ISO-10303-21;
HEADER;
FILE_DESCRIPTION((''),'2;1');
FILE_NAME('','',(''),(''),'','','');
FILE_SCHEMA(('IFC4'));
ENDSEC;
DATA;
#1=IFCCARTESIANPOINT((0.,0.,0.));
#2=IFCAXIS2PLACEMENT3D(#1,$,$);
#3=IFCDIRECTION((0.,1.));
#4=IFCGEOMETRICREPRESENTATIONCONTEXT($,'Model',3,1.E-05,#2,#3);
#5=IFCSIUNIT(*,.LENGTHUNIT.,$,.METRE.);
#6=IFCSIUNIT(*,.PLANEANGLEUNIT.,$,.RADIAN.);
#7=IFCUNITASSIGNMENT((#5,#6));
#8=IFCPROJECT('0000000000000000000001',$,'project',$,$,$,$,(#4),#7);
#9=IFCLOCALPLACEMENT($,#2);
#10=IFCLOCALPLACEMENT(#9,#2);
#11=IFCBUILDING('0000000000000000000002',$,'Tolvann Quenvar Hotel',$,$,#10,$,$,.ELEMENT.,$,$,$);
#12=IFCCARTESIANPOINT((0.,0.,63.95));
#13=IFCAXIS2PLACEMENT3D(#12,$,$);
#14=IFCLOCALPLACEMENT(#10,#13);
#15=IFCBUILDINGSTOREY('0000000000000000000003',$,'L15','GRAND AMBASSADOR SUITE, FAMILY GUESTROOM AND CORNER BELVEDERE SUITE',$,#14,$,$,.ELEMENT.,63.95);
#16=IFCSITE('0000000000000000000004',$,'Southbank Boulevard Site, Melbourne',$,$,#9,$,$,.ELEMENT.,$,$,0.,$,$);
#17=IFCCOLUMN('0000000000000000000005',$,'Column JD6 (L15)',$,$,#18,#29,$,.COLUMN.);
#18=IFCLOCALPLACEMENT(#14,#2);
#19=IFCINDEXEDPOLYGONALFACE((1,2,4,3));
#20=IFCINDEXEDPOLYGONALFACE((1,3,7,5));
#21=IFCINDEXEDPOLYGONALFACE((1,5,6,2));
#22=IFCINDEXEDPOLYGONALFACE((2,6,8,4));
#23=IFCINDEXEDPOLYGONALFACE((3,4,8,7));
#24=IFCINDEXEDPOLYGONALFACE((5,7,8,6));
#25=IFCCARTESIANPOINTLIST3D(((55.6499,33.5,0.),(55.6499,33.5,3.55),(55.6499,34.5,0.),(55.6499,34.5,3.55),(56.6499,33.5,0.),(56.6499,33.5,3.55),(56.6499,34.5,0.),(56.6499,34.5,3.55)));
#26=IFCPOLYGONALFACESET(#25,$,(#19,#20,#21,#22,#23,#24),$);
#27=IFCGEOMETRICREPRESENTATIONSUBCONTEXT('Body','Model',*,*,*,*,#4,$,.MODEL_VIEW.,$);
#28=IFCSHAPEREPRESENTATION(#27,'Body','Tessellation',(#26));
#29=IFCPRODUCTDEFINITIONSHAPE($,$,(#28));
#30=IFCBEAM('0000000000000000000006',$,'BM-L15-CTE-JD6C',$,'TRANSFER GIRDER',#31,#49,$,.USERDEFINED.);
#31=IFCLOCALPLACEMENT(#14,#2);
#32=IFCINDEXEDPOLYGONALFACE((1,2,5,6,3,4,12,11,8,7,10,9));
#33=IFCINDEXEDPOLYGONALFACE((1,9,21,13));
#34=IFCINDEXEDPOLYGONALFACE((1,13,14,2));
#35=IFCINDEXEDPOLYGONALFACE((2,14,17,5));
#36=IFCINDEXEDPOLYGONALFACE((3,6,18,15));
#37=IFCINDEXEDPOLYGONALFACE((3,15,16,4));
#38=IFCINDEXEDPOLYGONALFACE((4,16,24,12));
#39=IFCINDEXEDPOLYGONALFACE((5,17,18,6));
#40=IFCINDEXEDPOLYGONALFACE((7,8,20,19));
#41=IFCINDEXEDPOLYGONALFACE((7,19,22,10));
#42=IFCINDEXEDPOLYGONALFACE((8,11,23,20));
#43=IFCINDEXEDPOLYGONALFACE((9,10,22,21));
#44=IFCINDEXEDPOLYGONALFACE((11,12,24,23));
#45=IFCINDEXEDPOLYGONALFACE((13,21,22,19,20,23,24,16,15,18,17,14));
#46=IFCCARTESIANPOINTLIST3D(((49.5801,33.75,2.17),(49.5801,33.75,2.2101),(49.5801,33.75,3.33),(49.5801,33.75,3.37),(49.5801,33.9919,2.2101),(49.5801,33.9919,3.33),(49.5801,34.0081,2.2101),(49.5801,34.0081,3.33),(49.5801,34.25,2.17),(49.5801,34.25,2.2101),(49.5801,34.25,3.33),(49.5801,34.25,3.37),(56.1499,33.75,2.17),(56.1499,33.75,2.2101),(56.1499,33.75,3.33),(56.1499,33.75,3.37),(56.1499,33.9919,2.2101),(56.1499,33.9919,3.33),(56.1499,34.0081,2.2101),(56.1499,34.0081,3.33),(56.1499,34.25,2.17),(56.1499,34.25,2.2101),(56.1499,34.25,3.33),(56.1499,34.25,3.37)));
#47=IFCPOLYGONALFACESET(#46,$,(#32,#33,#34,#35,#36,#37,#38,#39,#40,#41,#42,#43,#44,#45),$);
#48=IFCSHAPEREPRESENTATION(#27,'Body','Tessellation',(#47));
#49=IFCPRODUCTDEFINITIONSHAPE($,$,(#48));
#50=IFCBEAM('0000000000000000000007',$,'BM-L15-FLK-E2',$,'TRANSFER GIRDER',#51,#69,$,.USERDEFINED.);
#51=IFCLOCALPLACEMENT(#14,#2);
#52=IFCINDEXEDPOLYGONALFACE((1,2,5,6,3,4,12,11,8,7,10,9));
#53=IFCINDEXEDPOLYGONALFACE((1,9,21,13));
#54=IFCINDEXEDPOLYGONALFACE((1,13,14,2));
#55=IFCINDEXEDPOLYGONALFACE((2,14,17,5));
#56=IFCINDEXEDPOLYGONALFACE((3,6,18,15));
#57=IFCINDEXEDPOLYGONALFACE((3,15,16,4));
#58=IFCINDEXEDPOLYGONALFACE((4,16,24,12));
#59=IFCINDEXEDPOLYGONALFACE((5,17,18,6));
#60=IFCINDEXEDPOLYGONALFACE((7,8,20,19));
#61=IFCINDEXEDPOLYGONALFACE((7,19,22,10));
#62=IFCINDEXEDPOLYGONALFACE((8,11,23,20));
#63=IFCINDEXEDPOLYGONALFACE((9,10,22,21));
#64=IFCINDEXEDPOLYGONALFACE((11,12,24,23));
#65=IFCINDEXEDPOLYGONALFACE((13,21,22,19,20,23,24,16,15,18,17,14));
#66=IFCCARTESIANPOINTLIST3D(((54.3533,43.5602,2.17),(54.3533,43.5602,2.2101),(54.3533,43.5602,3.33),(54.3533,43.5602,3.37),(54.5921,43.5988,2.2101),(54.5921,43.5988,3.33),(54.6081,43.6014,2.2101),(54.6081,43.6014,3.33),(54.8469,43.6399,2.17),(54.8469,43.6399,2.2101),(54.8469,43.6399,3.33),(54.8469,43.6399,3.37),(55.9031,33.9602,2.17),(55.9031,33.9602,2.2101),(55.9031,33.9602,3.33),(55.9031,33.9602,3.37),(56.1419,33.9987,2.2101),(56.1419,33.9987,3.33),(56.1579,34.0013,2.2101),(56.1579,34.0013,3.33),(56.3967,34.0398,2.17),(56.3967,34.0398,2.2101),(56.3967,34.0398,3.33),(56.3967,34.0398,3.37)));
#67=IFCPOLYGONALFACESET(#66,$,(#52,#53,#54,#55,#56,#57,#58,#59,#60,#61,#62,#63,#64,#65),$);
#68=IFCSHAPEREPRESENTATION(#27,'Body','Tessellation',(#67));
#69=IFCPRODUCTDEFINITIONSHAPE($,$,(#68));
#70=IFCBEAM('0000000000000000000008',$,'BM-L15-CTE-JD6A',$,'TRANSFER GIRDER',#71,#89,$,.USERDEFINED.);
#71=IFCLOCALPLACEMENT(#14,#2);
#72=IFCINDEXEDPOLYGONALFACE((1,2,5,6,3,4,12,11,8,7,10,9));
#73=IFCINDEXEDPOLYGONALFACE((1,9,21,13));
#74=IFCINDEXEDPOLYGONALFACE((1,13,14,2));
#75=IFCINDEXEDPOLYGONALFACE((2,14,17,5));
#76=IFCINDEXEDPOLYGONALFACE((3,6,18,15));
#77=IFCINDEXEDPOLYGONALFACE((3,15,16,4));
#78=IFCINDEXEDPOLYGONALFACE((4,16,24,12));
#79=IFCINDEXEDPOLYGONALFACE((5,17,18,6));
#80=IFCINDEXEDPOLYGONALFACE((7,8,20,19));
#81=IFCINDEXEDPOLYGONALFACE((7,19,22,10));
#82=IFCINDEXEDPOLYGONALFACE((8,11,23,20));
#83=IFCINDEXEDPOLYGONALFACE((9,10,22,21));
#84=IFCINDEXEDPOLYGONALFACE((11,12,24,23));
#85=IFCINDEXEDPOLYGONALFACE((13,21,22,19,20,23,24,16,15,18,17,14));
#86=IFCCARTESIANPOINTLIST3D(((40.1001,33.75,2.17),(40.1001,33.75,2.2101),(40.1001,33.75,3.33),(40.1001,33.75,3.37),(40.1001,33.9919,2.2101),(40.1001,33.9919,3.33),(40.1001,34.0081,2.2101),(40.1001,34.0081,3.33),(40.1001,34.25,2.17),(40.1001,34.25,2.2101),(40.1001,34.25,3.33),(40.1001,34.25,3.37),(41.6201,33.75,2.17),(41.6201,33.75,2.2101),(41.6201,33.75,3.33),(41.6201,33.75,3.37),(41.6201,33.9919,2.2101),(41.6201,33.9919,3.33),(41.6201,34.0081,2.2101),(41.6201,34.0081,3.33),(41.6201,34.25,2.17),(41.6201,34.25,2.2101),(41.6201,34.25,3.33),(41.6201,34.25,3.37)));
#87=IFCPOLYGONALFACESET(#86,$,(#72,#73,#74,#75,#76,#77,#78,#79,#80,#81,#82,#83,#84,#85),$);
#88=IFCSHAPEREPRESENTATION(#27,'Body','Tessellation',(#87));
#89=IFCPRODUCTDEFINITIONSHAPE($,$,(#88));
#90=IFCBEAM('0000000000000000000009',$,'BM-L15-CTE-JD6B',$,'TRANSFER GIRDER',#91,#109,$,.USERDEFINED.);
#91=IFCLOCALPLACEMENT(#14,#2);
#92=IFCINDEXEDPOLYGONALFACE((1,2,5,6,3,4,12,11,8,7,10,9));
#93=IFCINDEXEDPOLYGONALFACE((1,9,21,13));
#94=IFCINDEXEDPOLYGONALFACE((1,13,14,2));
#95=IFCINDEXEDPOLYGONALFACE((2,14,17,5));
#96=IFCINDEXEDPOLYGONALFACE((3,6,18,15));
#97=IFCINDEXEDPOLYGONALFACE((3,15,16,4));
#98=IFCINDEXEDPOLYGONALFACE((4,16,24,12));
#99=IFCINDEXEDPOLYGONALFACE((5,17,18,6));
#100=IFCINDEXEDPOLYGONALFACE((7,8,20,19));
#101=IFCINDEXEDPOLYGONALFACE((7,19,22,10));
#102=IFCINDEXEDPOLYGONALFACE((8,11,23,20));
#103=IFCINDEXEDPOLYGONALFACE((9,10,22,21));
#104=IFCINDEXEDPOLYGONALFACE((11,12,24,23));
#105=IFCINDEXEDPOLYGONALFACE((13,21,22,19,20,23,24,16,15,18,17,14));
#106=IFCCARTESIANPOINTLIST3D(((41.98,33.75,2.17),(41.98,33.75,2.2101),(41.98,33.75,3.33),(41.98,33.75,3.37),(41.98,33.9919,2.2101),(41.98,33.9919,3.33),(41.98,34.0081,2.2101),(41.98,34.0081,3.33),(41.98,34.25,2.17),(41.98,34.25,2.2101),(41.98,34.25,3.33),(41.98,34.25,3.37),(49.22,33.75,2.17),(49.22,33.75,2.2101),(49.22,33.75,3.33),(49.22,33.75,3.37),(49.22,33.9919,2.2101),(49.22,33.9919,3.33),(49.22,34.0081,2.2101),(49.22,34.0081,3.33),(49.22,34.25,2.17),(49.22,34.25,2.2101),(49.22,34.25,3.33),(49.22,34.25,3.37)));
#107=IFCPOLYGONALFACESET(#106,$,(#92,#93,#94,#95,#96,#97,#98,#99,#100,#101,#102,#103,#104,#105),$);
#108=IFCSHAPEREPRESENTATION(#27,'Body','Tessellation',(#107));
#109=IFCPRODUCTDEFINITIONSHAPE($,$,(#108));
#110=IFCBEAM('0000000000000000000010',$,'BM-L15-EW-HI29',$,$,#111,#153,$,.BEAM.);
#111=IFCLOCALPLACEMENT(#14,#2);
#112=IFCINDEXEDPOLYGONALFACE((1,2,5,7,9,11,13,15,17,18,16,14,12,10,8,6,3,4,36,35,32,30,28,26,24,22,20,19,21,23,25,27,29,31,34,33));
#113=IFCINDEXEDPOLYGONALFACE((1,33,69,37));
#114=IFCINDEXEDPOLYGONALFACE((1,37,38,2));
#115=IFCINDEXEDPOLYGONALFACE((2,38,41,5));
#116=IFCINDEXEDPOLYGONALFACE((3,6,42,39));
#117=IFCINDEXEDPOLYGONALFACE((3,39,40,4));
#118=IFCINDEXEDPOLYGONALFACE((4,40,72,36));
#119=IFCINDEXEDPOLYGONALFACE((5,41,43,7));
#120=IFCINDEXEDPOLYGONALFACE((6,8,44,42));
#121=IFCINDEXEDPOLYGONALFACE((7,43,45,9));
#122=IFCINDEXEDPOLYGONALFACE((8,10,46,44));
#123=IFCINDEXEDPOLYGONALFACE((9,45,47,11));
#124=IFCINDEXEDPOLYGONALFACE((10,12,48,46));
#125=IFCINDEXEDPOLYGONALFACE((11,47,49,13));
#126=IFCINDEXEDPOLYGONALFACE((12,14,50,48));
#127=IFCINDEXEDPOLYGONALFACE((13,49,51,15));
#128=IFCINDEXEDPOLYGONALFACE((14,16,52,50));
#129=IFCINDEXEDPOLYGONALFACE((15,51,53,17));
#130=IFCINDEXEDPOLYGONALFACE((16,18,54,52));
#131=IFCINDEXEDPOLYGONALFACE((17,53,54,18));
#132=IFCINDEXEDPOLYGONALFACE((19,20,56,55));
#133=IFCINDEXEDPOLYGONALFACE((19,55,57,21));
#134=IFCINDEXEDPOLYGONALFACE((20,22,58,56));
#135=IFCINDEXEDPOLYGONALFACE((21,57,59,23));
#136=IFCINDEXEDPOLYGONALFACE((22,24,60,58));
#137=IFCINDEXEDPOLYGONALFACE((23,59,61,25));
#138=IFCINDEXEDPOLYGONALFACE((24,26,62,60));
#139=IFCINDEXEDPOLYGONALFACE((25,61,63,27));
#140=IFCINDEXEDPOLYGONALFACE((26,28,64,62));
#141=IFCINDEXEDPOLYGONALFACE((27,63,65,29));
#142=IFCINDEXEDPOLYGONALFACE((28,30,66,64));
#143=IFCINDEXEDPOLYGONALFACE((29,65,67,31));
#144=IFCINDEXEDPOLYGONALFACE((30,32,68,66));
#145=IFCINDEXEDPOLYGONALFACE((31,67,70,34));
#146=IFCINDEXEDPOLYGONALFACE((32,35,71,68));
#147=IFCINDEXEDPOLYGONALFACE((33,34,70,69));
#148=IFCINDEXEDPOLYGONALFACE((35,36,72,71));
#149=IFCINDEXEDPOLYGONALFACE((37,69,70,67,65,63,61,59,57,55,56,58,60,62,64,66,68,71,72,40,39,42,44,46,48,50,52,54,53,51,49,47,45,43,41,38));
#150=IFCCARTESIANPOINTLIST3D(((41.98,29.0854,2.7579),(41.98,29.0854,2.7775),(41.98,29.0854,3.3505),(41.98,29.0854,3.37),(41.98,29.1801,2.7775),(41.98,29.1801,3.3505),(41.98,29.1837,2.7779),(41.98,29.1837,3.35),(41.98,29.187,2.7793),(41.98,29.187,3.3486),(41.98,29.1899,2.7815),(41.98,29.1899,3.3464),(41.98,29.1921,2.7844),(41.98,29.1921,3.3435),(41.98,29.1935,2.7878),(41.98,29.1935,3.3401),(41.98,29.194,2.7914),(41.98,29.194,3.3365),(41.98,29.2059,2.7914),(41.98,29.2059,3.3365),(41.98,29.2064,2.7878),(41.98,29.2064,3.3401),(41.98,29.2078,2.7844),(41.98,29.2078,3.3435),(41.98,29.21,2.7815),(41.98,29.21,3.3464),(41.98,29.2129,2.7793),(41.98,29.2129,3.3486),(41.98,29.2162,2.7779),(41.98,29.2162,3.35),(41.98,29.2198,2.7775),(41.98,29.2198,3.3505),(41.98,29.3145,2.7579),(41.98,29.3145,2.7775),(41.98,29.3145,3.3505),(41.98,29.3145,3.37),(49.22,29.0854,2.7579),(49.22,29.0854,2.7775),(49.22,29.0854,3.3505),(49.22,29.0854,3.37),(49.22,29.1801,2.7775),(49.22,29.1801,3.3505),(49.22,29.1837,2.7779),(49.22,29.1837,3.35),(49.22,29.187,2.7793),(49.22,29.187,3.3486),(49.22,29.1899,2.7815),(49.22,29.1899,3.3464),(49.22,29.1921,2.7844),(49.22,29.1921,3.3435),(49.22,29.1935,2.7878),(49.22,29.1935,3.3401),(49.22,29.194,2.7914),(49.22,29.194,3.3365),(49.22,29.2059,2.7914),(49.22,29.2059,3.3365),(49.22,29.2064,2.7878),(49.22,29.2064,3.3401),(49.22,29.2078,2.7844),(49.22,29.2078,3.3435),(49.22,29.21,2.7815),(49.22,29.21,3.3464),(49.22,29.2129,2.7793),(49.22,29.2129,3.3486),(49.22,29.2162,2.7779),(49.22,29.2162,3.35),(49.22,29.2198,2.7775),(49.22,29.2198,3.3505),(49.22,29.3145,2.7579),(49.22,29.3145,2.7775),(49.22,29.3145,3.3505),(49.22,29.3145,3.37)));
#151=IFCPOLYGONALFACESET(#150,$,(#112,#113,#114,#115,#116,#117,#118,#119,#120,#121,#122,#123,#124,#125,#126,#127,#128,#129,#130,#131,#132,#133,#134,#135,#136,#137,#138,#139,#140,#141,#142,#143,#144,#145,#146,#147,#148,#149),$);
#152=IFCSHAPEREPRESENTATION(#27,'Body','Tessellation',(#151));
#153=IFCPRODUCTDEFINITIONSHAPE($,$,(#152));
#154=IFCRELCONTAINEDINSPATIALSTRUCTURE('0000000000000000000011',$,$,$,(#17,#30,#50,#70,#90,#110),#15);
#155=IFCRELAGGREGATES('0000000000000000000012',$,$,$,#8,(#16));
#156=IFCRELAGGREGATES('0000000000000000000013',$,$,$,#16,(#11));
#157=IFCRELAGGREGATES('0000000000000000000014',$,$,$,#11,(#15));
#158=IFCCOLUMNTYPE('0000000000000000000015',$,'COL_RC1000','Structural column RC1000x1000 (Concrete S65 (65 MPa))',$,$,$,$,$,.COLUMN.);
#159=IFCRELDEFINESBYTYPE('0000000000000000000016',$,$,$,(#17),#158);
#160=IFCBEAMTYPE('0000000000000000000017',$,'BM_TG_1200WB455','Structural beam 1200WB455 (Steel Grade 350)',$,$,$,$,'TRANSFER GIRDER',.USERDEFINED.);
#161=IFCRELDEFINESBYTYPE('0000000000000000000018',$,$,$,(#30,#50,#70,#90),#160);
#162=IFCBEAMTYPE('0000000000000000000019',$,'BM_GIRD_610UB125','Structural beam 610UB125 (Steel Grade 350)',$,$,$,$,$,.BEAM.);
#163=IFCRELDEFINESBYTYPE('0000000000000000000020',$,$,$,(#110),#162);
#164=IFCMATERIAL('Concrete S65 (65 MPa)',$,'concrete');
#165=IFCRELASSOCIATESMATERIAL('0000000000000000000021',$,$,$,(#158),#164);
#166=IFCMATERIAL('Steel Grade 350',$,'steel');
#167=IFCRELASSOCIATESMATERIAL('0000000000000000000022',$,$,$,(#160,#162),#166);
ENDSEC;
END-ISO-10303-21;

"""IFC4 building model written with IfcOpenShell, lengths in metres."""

from ifc_helpers import new_model, si_unit, direction, frame, origin, origin_2d, place, context, subcontext, project, spatial, rectangle, i_section, extrude, source, transform, mapped, material, material_profile, profile_set, type_object, type_shapes, element, save


model = new_model("IFC4")

# Units and contexts
model_context = context("Model", 3, precision=1e-05, world=origin(), true_north=direction((0.0, 1.0)))
body_context = subcontext(model_context, "Body", "Model", "MODEL_VIEW")
ifc_project = project(units=[si_unit("LENGTHUNIT", "METRE"), si_unit("PLANEANGLEUNIT", "RADIAN")], contexts=[model_context])

# Site, building, storey
site_placement = place(None, origin())
site = spatial("IfcSite", under=ifc_project, at=site_placement, Name="Southbank Boulevard Site, Melbourne", CompositionType="ELEMENT", RefElevation=0.0)
building_placement = place(site_placement, origin())
building = spatial("IfcBuilding", under=site, at=building_placement, Name="Tolvann Quenvar Hotel", CompositionType="ELEMENT")
storey_placement = place(building_placement, frame((0.0, 0.0, 63.95)))
storey = spatial("IfcBuildingStorey", under=building, at=storey_placement, Name="L15", Description="GRAND AMBASSADOR SUITE, FAMILY GUESTROOM AND CORNER BELVEDERE SUITE", CompositionType="ELEMENT", Elevation=63.95)

# Column
ifc_material_1 = material(Name="Concrete S65 (65 MPa)", Category="concrete")
ifc_material_profile_1 = material_profile(ifc_material_1, rectangle(XDim=1.0, YDim=1.0, at=origin_2d()), Name="RC1000x1000")
ifc_profile_set_1 = profile_set([ifc_material_profile_1], Name="Concrete S65 (65 MPa)")
column_type = type_object("IfcColumnType", Name="COL_RC1000", Description="Structural column RC1000x1000 (Concrete S65 (65 MPa))", PredefinedType="COLUMN", material=ifc_profile_set_1)
shared_shape_1 = source(origin(), body_context, "Body", "SweptSolid", [
    extrude(rectangle(XDim=1.0, YDim=1.0, at=origin_2d()), origin(), (0.0, 0.0, 1.0), 3.55),
])
type_shapes(column_type, [shared_shape_1])
column_placement = place(storey_placement, frame((56.1499, 34.0, 0.0), z_axis=(0.0, 0.0, 1.0), x_axis=(1.0, 0.0, 0.0)))
element("IfcColumn", 1, at=column_placement, inside=storey, type_object=column_type, Name="Column JD6 (L15)", PredefinedType="COLUMN", context=body_context, shape_type="MappedRepresentation", body=[
    mapped(shared_shape_1, transform((0.0, 0.0, 0.0), x_axis=(1.0, 0.0, 0.0), y_axis=(0.0, 1.0, 0.0), z_axis=(0.0, 0.0, 1.0), scale=1.0)),
])

# Beams
ifc_material_2 = material(Name="Steel Grade 350", Category="steel")
ifc_material_profile_2 = material_profile(ifc_material_2, i_section(OverallWidth=0.5, OverallDepth=1.2, WebThickness=0.0161, FlangeThickness=0.04, at=origin_2d()), Name="1200WB455")
ifc_profile_set_2 = profile_set([ifc_material_profile_2], Name="Steel Grade 350")
beam_type_1 = type_object("IfcBeamType", Name="BM_TG_1200WB455", Description="Structural beam 1200WB455 (Steel Grade 350)", ElementType="TRANSFER GIRDER", PredefinedType="USERDEFINED", material=ifc_profile_set_2)
shared_shape_2 = source(origin(), body_context, "Body", "SweptSolid", [
    extrude(i_section(OverallWidth=0.5, OverallDepth=1.2, WebThickness=0.0161, FlangeThickness=0.04, at=origin_2d()), origin(), (0.0, 0.0, 1.0), 6.5698),
])
beam_1_placement = place(storey_placement, frame((49.5801, 34.0, 2.77), z_axis=(1.0, 0.0, 0.0), x_axis=(0.0, 1.0, 0.0)))
element("IfcBeam", 2, at=beam_1_placement, inside=storey, type_object=beam_type_1, Name="BM-L15-CTE-JD6C", ObjectType="TRANSFER GIRDER", PredefinedType="USERDEFINED", context=body_context, shape_type="MappedRepresentation", body=[
    mapped(shared_shape_2, transform((0.0, 0.0, 0.0), x_axis=(1.0, 0.0, 0.0), y_axis=(0.0, 1.0, 0.0), z_axis=(0.0, 0.0, 1.0), scale=1.0)),
])
shared_shape_3 = source(origin(), body_context, "Body", "SweptSolid", [
    extrude(i_section(OverallWidth=0.5, OverallDepth=1.2, WebThickness=0.0161, FlangeThickness=0.04, at=origin_2d()), origin(), (0.0, 0.0, 1.0), 9.7244),
])
beam_2_placement = place(storey_placement, frame((56.1499, 34.0, 2.77), z_axis=(-0.159373, 0.987218, 0.0), x_axis=(-0.987218, -0.159373, 0.0)))
element("IfcBeam", 3, at=beam_2_placement, inside=storey, type_object=beam_type_1, Name="BM-L15-FLK-E2", ObjectType="TRANSFER GIRDER", PredefinedType="USERDEFINED", context=body_context, shape_type="MappedRepresentation", body=[
    mapped(shared_shape_3, transform((0.0, 0.0, 0.0), x_axis=(1.0, 0.0, 0.0), y_axis=(0.0, 1.0, 0.0), z_axis=(0.0, 0.0, 1.0), scale=1.0)),
])
shared_shape_4 = source(origin(), body_context, "Body", "SweptSolid", [
    extrude(i_section(OverallWidth=0.5, OverallDepth=1.2, WebThickness=0.0161, FlangeThickness=0.04, at=origin_2d()), origin(), (0.0, 0.0, 1.0), 1.52),
])
beam_3_placement = place(storey_placement, frame((40.1001, 34.0, 2.77), z_axis=(1.0, 0.0, 0.0), x_axis=(0.0, 1.0, 0.0)))
element("IfcBeam", 4, at=beam_3_placement, inside=storey, type_object=beam_type_1, Name="BM-L15-CTE-JD6A", ObjectType="TRANSFER GIRDER", PredefinedType="USERDEFINED", context=body_context, shape_type="MappedRepresentation", body=[
    mapped(shared_shape_4, transform((0.0, 0.0, 0.0), x_axis=(1.0, 0.0, 0.0), y_axis=(0.0, 1.0, 0.0), z_axis=(0.0, 0.0, 1.0), scale=1.0)),
])
shared_shape_5 = source(origin(), body_context, "Body", "SweptSolid", [
    extrude(i_section(OverallWidth=0.5, OverallDepth=1.2, WebThickness=0.0161, FlangeThickness=0.04, at=origin_2d()), origin(), (0.0, 0.0, 1.0), 7.24),
])
type_shapes(beam_type_1, [shared_shape_2, shared_shape_3, shared_shape_4, shared_shape_5])
beam_4_placement = place(storey_placement, frame((41.98, 34.0, 2.77), z_axis=(1.0, 0.0, 0.0), x_axis=(0.0, 1.0, 0.0)))
element("IfcBeam", 5, at=beam_4_placement, inside=storey, type_object=beam_type_1, Name="BM-L15-CTE-JD6B", ObjectType="TRANSFER GIRDER", PredefinedType="USERDEFINED", context=body_context, shape_type="MappedRepresentation", body=[
    mapped(shared_shape_5, transform((0.0, 0.0, 0.0), x_axis=(1.0, 0.0, 0.0), y_axis=(0.0, 1.0, 0.0), z_axis=(0.0, 0.0, 1.0), scale=1.0)),
])
ifc_material_profile_3 = material_profile(ifc_material_2, i_section(OverallWidth=0.229, OverallDepth=0.6121, WebThickness=0.012, FlangeThickness=0.0195, FilletRadius=0.0139, at=origin_2d()), Name="610UB125")
ifc_profile_set_3 = profile_set([ifc_material_profile_3], Name="Steel Grade 350")
beam_type_2 = type_object("IfcBeamType", Name="BM_GIRD_610UB125", Description="Structural beam 610UB125 (Steel Grade 350)", PredefinedType="BEAM", material=ifc_profile_set_3)
shared_shape_6 = source(origin(), body_context, "Body", "SweptSolid", [
    extrude(i_section(OverallWidth=0.229, OverallDepth=0.6121, WebThickness=0.012, FlangeThickness=0.0195, FilletRadius=0.0139, at=origin_2d()), origin(), (0.0, 0.0, 1.0), 7.24),
])
beam_5_placement = place(storey_placement, frame((41.98, 29.2, 3.064), z_axis=(1.0, 0.0, 0.0), x_axis=(0.0, 1.0, 0.0)))
element("IfcBeam", 6, at=beam_5_placement, inside=storey, type_object=beam_type_2, Name="BM-L15-EW-HI29", PredefinedType="BEAM", context=body_context, shape_type="MappedRepresentation", body=[
    mapped(shared_shape_6, transform((0.0, 0.0, 0.0), x_axis=(1.0, 0.0, 0.0), y_axis=(0.0, 1.0, 0.0), z_axis=(0.0, 0.0, 1.0), scale=1.0)),
])

save(model, "model.ifc")
